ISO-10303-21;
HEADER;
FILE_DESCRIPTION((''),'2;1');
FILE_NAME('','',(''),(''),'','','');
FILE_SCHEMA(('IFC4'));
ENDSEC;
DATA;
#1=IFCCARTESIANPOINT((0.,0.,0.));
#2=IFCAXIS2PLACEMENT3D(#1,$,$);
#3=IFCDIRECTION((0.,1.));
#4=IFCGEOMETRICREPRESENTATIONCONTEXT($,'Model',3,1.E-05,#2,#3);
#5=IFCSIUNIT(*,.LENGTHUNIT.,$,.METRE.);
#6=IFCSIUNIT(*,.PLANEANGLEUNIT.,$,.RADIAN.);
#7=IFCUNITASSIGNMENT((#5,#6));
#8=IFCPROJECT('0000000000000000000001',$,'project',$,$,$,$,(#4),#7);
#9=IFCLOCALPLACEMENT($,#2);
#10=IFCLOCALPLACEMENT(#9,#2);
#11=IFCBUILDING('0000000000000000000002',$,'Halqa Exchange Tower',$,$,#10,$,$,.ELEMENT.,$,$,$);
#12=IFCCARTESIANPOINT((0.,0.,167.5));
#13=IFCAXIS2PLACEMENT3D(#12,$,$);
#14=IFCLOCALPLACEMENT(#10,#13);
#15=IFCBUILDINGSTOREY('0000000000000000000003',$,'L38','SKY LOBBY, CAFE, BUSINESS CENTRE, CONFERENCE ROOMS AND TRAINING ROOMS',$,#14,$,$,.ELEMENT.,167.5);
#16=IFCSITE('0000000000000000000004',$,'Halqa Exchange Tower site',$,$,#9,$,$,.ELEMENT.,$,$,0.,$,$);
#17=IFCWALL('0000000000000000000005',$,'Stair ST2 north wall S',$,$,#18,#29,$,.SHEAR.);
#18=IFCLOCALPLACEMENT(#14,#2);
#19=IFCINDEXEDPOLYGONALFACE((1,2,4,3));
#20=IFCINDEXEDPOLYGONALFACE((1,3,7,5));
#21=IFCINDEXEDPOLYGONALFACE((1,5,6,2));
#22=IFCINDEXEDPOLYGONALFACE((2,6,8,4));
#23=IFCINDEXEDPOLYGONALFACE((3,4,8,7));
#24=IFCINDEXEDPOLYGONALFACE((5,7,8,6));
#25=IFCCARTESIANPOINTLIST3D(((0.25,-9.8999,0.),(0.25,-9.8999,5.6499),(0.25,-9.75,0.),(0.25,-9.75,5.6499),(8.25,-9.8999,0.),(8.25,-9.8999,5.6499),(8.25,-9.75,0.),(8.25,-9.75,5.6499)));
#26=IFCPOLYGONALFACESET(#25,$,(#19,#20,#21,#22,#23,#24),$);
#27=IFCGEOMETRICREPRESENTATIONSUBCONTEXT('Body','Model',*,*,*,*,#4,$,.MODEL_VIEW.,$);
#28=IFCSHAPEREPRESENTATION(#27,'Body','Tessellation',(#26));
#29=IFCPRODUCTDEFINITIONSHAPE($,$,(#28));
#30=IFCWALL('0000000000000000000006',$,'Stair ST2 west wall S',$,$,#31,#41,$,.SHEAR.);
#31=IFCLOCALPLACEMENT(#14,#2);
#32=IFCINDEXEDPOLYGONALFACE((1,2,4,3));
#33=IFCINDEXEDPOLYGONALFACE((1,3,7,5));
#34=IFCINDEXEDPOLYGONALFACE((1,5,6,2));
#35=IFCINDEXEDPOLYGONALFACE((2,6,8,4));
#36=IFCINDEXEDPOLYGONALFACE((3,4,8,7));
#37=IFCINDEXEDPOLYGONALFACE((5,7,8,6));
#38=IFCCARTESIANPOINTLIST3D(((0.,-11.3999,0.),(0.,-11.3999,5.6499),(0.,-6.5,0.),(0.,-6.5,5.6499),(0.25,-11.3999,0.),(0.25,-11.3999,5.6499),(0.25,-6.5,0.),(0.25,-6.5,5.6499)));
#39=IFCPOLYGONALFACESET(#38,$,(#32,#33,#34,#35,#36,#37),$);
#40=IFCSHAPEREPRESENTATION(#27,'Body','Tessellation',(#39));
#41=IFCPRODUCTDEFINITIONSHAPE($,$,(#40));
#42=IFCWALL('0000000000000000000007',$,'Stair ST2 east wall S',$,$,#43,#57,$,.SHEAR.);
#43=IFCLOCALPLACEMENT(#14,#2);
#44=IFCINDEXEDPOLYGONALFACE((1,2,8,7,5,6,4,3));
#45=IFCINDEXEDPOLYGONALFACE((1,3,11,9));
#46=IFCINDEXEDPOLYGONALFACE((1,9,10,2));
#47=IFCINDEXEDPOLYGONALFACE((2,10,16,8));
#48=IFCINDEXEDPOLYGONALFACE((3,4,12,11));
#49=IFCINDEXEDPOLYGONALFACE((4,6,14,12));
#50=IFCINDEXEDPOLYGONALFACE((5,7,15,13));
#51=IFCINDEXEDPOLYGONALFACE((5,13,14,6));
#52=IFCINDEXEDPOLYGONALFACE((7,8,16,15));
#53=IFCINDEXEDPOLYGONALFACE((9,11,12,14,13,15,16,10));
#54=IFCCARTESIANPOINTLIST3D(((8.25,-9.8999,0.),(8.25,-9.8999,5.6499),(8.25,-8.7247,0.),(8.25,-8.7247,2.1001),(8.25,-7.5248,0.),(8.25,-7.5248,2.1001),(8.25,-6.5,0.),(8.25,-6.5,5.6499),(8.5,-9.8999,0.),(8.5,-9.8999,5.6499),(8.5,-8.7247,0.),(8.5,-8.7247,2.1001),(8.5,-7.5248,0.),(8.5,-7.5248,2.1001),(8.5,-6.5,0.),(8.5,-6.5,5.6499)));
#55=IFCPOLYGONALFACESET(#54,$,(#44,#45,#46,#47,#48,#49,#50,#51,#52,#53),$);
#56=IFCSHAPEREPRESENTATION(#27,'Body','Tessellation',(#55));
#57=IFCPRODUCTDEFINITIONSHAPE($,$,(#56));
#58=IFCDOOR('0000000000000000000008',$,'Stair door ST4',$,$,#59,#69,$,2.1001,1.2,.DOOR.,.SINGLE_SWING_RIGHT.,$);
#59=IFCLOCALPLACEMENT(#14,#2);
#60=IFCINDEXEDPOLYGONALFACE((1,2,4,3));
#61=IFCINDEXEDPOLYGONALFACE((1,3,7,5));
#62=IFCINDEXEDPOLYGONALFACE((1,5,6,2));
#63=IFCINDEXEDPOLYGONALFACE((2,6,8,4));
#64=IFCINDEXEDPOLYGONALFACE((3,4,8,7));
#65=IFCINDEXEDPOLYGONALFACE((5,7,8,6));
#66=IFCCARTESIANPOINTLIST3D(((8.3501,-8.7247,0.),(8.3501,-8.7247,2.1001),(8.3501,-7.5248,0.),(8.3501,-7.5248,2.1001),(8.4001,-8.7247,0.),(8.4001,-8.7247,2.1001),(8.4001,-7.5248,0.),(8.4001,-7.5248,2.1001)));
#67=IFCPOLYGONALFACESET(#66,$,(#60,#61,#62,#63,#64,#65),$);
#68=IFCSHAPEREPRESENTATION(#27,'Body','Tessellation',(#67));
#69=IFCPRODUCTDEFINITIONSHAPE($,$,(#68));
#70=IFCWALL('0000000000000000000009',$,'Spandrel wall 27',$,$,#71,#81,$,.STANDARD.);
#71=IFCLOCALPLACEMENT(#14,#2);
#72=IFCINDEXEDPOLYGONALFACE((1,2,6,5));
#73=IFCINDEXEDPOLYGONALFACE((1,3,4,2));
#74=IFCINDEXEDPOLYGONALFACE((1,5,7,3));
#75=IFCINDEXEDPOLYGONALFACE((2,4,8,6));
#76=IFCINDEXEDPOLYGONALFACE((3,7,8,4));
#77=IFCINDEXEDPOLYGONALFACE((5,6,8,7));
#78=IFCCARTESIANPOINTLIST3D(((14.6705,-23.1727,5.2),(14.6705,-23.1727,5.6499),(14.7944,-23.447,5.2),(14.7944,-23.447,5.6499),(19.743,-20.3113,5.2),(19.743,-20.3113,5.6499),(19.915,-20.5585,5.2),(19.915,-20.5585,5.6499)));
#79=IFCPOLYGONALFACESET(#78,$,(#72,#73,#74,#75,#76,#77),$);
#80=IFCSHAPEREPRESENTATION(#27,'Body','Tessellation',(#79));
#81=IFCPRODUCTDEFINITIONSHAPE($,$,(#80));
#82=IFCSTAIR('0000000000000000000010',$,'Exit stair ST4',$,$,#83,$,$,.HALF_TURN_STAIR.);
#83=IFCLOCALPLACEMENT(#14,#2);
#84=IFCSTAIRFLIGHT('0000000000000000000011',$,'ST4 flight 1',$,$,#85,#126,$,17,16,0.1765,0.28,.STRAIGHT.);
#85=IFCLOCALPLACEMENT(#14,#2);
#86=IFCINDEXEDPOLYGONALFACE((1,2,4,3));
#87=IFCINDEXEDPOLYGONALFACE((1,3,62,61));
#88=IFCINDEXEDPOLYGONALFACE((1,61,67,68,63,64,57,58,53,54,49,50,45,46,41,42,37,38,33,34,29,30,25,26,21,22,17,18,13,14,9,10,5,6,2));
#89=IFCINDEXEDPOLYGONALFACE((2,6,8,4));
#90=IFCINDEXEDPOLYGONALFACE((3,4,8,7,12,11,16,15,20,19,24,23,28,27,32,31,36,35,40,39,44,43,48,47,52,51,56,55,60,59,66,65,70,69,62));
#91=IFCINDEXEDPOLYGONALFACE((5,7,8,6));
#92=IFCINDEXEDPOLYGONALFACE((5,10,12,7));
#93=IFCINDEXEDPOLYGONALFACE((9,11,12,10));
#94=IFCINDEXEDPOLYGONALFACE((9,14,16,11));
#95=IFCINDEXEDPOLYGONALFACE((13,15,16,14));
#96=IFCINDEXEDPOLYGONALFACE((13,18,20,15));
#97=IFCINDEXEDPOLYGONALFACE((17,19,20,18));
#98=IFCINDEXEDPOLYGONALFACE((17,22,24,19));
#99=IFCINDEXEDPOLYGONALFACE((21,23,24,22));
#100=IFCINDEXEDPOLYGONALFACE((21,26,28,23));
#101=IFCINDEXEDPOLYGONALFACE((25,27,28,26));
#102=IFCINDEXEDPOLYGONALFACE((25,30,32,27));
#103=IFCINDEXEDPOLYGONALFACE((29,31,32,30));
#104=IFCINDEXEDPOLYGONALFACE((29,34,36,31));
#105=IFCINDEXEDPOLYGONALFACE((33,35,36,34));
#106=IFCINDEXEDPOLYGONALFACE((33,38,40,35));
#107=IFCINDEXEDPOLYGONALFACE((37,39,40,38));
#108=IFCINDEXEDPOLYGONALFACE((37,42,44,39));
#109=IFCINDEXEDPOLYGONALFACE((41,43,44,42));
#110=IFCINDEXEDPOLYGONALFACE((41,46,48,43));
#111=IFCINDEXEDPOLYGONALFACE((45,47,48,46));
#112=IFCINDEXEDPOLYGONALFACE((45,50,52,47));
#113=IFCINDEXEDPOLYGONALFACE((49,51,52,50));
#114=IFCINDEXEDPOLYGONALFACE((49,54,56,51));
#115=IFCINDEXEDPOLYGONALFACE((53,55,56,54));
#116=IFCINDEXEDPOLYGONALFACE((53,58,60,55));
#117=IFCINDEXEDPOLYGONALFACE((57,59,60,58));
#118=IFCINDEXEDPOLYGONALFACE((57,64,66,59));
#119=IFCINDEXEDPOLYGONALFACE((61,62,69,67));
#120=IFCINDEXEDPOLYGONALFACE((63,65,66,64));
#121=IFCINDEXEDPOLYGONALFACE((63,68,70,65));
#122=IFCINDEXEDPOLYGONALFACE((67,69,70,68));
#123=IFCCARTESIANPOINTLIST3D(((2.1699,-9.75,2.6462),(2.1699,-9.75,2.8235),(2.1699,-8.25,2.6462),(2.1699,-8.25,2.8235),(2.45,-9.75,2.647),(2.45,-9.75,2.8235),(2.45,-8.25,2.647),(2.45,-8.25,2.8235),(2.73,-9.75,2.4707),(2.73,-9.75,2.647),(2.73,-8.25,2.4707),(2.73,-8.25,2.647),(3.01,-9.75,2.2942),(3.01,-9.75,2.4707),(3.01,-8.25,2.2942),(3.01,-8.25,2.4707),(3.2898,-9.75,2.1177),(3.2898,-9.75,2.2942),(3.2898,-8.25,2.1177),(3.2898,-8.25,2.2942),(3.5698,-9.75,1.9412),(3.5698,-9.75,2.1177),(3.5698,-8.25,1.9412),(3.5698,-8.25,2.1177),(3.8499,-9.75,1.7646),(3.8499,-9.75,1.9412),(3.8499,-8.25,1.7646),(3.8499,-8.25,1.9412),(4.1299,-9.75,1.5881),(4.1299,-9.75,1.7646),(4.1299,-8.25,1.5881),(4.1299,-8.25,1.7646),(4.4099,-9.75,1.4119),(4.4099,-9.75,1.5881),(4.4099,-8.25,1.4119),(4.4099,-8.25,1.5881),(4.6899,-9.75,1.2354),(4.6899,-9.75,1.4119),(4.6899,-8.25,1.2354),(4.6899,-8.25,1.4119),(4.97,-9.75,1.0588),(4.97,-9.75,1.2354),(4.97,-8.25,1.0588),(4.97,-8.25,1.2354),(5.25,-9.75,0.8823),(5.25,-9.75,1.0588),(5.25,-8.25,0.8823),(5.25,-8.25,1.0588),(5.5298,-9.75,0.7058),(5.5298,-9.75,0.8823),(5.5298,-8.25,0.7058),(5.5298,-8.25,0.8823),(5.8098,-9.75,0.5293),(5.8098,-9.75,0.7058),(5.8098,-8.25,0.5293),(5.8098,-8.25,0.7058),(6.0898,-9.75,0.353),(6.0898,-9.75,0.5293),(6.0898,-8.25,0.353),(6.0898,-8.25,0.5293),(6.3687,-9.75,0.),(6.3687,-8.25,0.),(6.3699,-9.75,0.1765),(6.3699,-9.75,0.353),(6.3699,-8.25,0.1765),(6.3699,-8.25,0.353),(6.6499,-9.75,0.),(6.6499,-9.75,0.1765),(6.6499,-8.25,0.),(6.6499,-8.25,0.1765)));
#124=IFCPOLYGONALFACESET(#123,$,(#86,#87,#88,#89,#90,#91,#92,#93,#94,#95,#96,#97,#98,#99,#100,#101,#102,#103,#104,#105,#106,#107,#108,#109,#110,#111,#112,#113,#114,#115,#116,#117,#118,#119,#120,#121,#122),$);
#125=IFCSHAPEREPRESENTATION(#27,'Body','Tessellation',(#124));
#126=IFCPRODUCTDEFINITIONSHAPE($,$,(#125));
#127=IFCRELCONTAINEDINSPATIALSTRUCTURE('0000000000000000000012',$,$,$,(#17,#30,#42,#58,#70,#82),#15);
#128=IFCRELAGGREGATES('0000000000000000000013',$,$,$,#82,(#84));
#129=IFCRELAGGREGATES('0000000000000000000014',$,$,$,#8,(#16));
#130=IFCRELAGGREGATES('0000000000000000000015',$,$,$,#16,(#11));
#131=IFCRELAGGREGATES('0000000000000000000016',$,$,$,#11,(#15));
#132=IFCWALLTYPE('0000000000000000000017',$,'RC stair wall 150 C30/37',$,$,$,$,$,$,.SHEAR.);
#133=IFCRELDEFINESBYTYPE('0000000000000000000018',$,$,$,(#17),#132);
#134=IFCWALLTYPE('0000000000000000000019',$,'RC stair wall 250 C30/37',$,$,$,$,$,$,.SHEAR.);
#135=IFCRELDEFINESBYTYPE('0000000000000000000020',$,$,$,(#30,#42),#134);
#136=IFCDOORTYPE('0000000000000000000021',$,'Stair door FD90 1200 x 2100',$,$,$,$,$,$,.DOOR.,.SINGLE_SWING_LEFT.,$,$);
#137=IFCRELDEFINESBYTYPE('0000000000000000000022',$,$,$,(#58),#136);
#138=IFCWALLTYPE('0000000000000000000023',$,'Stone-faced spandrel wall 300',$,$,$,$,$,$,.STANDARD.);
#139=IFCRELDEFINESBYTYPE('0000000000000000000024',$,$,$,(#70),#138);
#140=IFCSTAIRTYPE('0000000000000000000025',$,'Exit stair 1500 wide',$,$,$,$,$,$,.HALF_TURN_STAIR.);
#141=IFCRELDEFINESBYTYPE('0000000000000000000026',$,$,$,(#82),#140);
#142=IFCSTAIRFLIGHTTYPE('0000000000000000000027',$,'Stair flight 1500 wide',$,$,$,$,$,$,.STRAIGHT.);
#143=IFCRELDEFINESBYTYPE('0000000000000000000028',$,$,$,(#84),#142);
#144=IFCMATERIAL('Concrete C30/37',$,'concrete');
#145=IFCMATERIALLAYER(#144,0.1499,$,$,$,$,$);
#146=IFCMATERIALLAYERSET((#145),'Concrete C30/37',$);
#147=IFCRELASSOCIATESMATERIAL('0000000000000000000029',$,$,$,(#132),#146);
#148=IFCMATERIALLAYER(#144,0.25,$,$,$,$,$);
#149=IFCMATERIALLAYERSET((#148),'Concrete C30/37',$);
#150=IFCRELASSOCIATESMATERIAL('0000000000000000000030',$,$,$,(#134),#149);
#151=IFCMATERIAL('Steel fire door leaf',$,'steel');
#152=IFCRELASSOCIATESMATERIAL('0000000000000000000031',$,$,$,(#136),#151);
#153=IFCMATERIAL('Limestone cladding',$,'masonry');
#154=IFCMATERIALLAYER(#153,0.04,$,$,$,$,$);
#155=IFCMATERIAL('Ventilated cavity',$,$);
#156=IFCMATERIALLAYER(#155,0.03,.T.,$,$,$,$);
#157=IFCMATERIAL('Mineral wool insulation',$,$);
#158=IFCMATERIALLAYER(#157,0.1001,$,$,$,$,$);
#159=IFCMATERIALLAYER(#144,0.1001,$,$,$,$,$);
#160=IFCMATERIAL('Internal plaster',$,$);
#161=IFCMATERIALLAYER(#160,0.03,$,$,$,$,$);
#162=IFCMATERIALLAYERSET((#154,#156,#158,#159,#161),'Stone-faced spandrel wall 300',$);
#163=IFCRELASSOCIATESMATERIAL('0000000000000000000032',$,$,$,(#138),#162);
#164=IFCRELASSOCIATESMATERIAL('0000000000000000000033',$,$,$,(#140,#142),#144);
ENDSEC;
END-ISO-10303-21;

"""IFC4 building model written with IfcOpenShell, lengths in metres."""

from ifc_helpers import new_model, si_unit, direction, frame, frame_2d, origin, place, context, subcontext, project, spatial, polyline, rectangle, outline, extrude, material, layer, layer_set, type_object, element, fill, aggregate, save


model = new_model("IFC4")

# Units and contexts
model_context = context("Model", 3, precision=1e-05, world=origin(), true_north=direction((0.0, 1.0)))
body_context = subcontext(model_context, "Body", "Model", "MODEL_VIEW")
ifc_project = project(units=[si_unit("LENGTHUNIT", "METRE"), si_unit("PLANEANGLEUNIT", "RADIAN")], contexts=[model_context])

# Site, building, storey
site_placement = place(None, origin())
site = spatial("IfcSite", under=ifc_project, at=site_placement, Name="Halqa Exchange Tower site", CompositionType="ELEMENT", RefElevation=0.0)
building_placement = place(site_placement, origin())
building = spatial("IfcBuilding", under=site, at=building_placement, Name="Halqa Exchange Tower", CompositionType="ELEMENT")
storey_placement = place(building_placement, frame((0.0, 0.0, 167.5)))
storey = spatial("IfcBuildingStorey", under=building, at=storey_placement, Name="L38", Description="SKY LOBBY, CAFE, BUSINESS CENTRE, CONFERENCE ROOMS AND TRAINING ROOMS", CompositionType="ELEMENT", Elevation=167.5)

# Shared definitions
ifc_material_1 = material(Name="Steel fire door leaf", Category="steel")

# Walls
ifc_material_2 = material(Name="Concrete C30/37", Category="concrete")
ifc_layer_1 = layer(ifc_material_2, 0.1499)
ifc_layer_set_1 = layer_set([ifc_layer_1], Name="Concrete C30/37")
wall_type_1 = type_object("IfcWallType", Name="RC stair wall 150 C30/37", PredefinedType="SHEAR", material=ifc_layer_set_1)
wall_1_placement = place(storey_placement, frame((0.25, -9.825, 0.0), z_axis=(0.0, 0.0, 1.0), x_axis=(1.0, 0.0, 0.0)))
element("IfcWall", 1, at=wall_1_placement, inside=storey, type_object=wall_type_1, Name="Stair ST2 north wall S", PredefinedType="SHEAR", context=body_context, shape_type="SweptSolid", body=[
    extrude(rectangle(XDim=8.0, YDim=0.1499, at=frame_2d((4.0, 0.0))), origin(), (0.0, 0.0, 1.0), 5.6499),
])
ifc_layer_2 = layer(ifc_material_2, 0.25)
ifc_layer_set_2 = layer_set([ifc_layer_2], Name="Concrete C30/37")
wall_type_2 = type_object("IfcWallType", Name="RC stair wall 250 C30/37", PredefinedType="SHEAR", material=ifc_layer_set_2)
wall_2_placement = place(storey_placement, frame((0.125, -11.3999, 0.0), z_axis=(0.0, 0.0, 1.0), x_axis=(0.0, 1.0, 0.0)))
element("IfcWall", 2, at=wall_2_placement, inside=storey, type_object=wall_type_2, Name="Stair ST2 west wall S", PredefinedType="SHEAR", context=body_context, shape_type="SweptSolid", body=[
    extrude(rectangle(XDim=4.8999, YDim=0.25, at=frame_2d((2.45, 0.0))), origin(), (0.0, 0.0, 1.0), 5.6499),
])

# Wall, opening, door
wall_3_placement = place(storey_placement, frame((8.375, -9.8999, 0.0), z_axis=(0.0, 0.0, 1.0), x_axis=(0.0, 1.0, 0.0)))
wall_3 = element("IfcWall", 3, at=wall_3_placement, inside=storey, type_object=wall_type_2, Name="Stair ST2 east wall S", PredefinedType="SHEAR", context=body_context, shape_type="SweptSolid", body=[
    extrude(rectangle(XDim=3.3999, YDim=0.25, at=frame_2d((1.7, 0.0))), origin(), (0.0, 0.0, 1.0), 5.6499),
])
opening_1_placement = place(wall_3_placement, frame((1.175, 0.0, 0.0)))
opening_1 = element("IfcOpeningElement", 4, at=opening_1_placement, cuts=wall_3, PredefinedType="OPENING", context=body_context, shape_type="SweptSolid", body=[
    extrude(rectangle(XDim=1.2, YDim=2.1001, at=frame_2d((0.6001, 1.05))), frame((0.0, 0.137, 0.0), z_axis=(0.0, -1.0, 0.0), x_axis=(1.0, 0.0, 0.0)), (0.0, 0.0, 1.0), 0.2739),
])
door_type_1 = type_object("IfcDoorType", Name="Stair door FD90 1200 x 2100", OperationType="SINGLE_SWING_LEFT", PredefinedType="DOOR", material=ifc_material_1)
door_1_placement = place(opening_1_placement, origin())
door_1 = element("IfcDoor", 5, at=door_1_placement, inside=storey, type_object=door_type_1, Name="Stair door ST4", OperationType="SINGLE_SWING_RIGHT", OverallHeight=2.1001, OverallWidth=1.2, PredefinedType="DOOR", context=body_context, shape_type="SweptSolid", body=[
    extrude(rectangle(XDim=1.2, YDim=2.1001, at=frame_2d((0.6001, 1.05))), frame((0.0, 0.0249, 0.0), z_axis=(0.0, -1.0, 0.0), x_axis=(1.0, 0.0, 0.0)), (0.0, 0.0, 1.0), 0.05),
])
fill(opening_1, door_1)

# Wall
ifc_material_3 = material(Name="Limestone cladding", Category="masonry")
ifc_layer_3 = layer(ifc_material_3, 0.04)
ifc_material_4 = material(Name="Ventilated cavity")
ifc_layer_4 = layer(ifc_material_4, 0.03, ventilated=True)
ifc_material_5 = material(Name="Mineral wool insulation")
ifc_layer_5 = layer(ifc_material_5, 0.1001)
ifc_layer_6 = layer(ifc_material_2, 0.1001)
ifc_material_6 = material(Name="Internal plaster")
ifc_layer_7 = layer(ifc_material_6, 0.03)
ifc_layer_set_3 = layer_set([ifc_layer_3, ifc_layer_4, ifc_layer_5, ifc_layer_6, ifc_layer_7], Name="Stone-faced spandrel wall 300")
wall_type_3 = type_object("IfcWallType", Name="Stone-faced spandrel wall 300", PredefinedType="STANDARD", material=ifc_layer_set_3)
wall_4_placement = place(storey_placement, frame((14.7324, -23.3098, 5.2), z_axis=(0.0, 0.0, 1.0), x_axis=(0.870982, 0.491315, 0.0)))
element("IfcWall", 6, at=wall_4_placement, inside=storey, type_object=wall_type_3, Name="Spandrel wall 27", PredefinedType="STANDARD", context=body_context, shape_type="SweptSolid", body=[
    extrude(outline(polyline([(-0.0134, -0.1499), (5.8657, -0.1499), (5.8374, 0.1499), (0.0134, 0.1499), (-0.0134, -0.1499)])), origin(), (0.0, 0.0, 1.0), 0.45),
])

# Stair, stair flight
stair_type = type_object("IfcStairType", Name="Exit stair 1500 wide", PredefinedType="HALF_TURN_STAIR", material=ifc_material_2)
stair_placement = place(storey_placement, origin())
stair = element("IfcStair", 7, at=stair_placement, inside=storey, type_object=stair_type, Name="Exit stair ST4", PredefinedType="HALF_TURN_STAIR")
stair_flight_type = type_object("IfcStairFlightType", Name="Stair flight 1500 wide", PredefinedType="STRAIGHT", material=ifc_material_2)
stair_flight_placement = place(storey_placement, frame((6.6499, -9.0, 0.0), z_axis=(0.0, 0.0, 1.0), x_axis=(-1.0, 0.0, 0.0)))
stair_flight = element("IfcStairFlight", 8, at=stair_flight_placement, type_object=stair_flight_type, Name="ST4 flight 1", NumberOfRisers=17, NumberOfTreads=16, PredefinedType="STRAIGHT", RiserHeight=0.1765, TreadLength=0.28, context=body_context, shape_type="SweptSolid", body=[
    extrude(outline(polyline([(0.0, 0.0), (0.0, 0.1765), (0.28, 0.1765), (0.28, 0.353), (0.5601, 0.353), (0.5601, 0.5293), (0.8401, 0.5293), (0.8401, 0.7058), (1.1201, 0.7058), (1.1201, 0.8823), (1.3999, 0.8823), (1.3999, 1.0588), (1.6799, 1.0588), (1.6799, 1.2354), (1.96, 1.2354), (1.96, 1.4119), (2.24, 1.4119), (2.24, 1.5881), (2.52, 1.5881), (2.52, 1.7646), (2.8, 1.7646), (2.8, 1.9412), (3.0801, 1.9412), (3.0801, 2.1177), (3.3601, 2.1177), (3.3601, 2.2942), (3.6399, 2.2942), (3.6399, 2.4707), (3.9199, 2.4707), (3.9199, 2.647), (4.2, 2.647), (4.2, 2.8235), (4.48, 2.8235), (4.48, 3.0), (4.48, 2.6462), (0.2812, 0.0), (0.0, 0.0)])), frame((0.0, 0.75, 0.0), z_axis=(0.0, -1.0, 0.0), x_axis=(1.0, 0.0, 0.0)), (0.0, 0.0, 1.0), 1.5),
])
aggregate(stair, [stair_flight])

save(model, "model.ifc")
